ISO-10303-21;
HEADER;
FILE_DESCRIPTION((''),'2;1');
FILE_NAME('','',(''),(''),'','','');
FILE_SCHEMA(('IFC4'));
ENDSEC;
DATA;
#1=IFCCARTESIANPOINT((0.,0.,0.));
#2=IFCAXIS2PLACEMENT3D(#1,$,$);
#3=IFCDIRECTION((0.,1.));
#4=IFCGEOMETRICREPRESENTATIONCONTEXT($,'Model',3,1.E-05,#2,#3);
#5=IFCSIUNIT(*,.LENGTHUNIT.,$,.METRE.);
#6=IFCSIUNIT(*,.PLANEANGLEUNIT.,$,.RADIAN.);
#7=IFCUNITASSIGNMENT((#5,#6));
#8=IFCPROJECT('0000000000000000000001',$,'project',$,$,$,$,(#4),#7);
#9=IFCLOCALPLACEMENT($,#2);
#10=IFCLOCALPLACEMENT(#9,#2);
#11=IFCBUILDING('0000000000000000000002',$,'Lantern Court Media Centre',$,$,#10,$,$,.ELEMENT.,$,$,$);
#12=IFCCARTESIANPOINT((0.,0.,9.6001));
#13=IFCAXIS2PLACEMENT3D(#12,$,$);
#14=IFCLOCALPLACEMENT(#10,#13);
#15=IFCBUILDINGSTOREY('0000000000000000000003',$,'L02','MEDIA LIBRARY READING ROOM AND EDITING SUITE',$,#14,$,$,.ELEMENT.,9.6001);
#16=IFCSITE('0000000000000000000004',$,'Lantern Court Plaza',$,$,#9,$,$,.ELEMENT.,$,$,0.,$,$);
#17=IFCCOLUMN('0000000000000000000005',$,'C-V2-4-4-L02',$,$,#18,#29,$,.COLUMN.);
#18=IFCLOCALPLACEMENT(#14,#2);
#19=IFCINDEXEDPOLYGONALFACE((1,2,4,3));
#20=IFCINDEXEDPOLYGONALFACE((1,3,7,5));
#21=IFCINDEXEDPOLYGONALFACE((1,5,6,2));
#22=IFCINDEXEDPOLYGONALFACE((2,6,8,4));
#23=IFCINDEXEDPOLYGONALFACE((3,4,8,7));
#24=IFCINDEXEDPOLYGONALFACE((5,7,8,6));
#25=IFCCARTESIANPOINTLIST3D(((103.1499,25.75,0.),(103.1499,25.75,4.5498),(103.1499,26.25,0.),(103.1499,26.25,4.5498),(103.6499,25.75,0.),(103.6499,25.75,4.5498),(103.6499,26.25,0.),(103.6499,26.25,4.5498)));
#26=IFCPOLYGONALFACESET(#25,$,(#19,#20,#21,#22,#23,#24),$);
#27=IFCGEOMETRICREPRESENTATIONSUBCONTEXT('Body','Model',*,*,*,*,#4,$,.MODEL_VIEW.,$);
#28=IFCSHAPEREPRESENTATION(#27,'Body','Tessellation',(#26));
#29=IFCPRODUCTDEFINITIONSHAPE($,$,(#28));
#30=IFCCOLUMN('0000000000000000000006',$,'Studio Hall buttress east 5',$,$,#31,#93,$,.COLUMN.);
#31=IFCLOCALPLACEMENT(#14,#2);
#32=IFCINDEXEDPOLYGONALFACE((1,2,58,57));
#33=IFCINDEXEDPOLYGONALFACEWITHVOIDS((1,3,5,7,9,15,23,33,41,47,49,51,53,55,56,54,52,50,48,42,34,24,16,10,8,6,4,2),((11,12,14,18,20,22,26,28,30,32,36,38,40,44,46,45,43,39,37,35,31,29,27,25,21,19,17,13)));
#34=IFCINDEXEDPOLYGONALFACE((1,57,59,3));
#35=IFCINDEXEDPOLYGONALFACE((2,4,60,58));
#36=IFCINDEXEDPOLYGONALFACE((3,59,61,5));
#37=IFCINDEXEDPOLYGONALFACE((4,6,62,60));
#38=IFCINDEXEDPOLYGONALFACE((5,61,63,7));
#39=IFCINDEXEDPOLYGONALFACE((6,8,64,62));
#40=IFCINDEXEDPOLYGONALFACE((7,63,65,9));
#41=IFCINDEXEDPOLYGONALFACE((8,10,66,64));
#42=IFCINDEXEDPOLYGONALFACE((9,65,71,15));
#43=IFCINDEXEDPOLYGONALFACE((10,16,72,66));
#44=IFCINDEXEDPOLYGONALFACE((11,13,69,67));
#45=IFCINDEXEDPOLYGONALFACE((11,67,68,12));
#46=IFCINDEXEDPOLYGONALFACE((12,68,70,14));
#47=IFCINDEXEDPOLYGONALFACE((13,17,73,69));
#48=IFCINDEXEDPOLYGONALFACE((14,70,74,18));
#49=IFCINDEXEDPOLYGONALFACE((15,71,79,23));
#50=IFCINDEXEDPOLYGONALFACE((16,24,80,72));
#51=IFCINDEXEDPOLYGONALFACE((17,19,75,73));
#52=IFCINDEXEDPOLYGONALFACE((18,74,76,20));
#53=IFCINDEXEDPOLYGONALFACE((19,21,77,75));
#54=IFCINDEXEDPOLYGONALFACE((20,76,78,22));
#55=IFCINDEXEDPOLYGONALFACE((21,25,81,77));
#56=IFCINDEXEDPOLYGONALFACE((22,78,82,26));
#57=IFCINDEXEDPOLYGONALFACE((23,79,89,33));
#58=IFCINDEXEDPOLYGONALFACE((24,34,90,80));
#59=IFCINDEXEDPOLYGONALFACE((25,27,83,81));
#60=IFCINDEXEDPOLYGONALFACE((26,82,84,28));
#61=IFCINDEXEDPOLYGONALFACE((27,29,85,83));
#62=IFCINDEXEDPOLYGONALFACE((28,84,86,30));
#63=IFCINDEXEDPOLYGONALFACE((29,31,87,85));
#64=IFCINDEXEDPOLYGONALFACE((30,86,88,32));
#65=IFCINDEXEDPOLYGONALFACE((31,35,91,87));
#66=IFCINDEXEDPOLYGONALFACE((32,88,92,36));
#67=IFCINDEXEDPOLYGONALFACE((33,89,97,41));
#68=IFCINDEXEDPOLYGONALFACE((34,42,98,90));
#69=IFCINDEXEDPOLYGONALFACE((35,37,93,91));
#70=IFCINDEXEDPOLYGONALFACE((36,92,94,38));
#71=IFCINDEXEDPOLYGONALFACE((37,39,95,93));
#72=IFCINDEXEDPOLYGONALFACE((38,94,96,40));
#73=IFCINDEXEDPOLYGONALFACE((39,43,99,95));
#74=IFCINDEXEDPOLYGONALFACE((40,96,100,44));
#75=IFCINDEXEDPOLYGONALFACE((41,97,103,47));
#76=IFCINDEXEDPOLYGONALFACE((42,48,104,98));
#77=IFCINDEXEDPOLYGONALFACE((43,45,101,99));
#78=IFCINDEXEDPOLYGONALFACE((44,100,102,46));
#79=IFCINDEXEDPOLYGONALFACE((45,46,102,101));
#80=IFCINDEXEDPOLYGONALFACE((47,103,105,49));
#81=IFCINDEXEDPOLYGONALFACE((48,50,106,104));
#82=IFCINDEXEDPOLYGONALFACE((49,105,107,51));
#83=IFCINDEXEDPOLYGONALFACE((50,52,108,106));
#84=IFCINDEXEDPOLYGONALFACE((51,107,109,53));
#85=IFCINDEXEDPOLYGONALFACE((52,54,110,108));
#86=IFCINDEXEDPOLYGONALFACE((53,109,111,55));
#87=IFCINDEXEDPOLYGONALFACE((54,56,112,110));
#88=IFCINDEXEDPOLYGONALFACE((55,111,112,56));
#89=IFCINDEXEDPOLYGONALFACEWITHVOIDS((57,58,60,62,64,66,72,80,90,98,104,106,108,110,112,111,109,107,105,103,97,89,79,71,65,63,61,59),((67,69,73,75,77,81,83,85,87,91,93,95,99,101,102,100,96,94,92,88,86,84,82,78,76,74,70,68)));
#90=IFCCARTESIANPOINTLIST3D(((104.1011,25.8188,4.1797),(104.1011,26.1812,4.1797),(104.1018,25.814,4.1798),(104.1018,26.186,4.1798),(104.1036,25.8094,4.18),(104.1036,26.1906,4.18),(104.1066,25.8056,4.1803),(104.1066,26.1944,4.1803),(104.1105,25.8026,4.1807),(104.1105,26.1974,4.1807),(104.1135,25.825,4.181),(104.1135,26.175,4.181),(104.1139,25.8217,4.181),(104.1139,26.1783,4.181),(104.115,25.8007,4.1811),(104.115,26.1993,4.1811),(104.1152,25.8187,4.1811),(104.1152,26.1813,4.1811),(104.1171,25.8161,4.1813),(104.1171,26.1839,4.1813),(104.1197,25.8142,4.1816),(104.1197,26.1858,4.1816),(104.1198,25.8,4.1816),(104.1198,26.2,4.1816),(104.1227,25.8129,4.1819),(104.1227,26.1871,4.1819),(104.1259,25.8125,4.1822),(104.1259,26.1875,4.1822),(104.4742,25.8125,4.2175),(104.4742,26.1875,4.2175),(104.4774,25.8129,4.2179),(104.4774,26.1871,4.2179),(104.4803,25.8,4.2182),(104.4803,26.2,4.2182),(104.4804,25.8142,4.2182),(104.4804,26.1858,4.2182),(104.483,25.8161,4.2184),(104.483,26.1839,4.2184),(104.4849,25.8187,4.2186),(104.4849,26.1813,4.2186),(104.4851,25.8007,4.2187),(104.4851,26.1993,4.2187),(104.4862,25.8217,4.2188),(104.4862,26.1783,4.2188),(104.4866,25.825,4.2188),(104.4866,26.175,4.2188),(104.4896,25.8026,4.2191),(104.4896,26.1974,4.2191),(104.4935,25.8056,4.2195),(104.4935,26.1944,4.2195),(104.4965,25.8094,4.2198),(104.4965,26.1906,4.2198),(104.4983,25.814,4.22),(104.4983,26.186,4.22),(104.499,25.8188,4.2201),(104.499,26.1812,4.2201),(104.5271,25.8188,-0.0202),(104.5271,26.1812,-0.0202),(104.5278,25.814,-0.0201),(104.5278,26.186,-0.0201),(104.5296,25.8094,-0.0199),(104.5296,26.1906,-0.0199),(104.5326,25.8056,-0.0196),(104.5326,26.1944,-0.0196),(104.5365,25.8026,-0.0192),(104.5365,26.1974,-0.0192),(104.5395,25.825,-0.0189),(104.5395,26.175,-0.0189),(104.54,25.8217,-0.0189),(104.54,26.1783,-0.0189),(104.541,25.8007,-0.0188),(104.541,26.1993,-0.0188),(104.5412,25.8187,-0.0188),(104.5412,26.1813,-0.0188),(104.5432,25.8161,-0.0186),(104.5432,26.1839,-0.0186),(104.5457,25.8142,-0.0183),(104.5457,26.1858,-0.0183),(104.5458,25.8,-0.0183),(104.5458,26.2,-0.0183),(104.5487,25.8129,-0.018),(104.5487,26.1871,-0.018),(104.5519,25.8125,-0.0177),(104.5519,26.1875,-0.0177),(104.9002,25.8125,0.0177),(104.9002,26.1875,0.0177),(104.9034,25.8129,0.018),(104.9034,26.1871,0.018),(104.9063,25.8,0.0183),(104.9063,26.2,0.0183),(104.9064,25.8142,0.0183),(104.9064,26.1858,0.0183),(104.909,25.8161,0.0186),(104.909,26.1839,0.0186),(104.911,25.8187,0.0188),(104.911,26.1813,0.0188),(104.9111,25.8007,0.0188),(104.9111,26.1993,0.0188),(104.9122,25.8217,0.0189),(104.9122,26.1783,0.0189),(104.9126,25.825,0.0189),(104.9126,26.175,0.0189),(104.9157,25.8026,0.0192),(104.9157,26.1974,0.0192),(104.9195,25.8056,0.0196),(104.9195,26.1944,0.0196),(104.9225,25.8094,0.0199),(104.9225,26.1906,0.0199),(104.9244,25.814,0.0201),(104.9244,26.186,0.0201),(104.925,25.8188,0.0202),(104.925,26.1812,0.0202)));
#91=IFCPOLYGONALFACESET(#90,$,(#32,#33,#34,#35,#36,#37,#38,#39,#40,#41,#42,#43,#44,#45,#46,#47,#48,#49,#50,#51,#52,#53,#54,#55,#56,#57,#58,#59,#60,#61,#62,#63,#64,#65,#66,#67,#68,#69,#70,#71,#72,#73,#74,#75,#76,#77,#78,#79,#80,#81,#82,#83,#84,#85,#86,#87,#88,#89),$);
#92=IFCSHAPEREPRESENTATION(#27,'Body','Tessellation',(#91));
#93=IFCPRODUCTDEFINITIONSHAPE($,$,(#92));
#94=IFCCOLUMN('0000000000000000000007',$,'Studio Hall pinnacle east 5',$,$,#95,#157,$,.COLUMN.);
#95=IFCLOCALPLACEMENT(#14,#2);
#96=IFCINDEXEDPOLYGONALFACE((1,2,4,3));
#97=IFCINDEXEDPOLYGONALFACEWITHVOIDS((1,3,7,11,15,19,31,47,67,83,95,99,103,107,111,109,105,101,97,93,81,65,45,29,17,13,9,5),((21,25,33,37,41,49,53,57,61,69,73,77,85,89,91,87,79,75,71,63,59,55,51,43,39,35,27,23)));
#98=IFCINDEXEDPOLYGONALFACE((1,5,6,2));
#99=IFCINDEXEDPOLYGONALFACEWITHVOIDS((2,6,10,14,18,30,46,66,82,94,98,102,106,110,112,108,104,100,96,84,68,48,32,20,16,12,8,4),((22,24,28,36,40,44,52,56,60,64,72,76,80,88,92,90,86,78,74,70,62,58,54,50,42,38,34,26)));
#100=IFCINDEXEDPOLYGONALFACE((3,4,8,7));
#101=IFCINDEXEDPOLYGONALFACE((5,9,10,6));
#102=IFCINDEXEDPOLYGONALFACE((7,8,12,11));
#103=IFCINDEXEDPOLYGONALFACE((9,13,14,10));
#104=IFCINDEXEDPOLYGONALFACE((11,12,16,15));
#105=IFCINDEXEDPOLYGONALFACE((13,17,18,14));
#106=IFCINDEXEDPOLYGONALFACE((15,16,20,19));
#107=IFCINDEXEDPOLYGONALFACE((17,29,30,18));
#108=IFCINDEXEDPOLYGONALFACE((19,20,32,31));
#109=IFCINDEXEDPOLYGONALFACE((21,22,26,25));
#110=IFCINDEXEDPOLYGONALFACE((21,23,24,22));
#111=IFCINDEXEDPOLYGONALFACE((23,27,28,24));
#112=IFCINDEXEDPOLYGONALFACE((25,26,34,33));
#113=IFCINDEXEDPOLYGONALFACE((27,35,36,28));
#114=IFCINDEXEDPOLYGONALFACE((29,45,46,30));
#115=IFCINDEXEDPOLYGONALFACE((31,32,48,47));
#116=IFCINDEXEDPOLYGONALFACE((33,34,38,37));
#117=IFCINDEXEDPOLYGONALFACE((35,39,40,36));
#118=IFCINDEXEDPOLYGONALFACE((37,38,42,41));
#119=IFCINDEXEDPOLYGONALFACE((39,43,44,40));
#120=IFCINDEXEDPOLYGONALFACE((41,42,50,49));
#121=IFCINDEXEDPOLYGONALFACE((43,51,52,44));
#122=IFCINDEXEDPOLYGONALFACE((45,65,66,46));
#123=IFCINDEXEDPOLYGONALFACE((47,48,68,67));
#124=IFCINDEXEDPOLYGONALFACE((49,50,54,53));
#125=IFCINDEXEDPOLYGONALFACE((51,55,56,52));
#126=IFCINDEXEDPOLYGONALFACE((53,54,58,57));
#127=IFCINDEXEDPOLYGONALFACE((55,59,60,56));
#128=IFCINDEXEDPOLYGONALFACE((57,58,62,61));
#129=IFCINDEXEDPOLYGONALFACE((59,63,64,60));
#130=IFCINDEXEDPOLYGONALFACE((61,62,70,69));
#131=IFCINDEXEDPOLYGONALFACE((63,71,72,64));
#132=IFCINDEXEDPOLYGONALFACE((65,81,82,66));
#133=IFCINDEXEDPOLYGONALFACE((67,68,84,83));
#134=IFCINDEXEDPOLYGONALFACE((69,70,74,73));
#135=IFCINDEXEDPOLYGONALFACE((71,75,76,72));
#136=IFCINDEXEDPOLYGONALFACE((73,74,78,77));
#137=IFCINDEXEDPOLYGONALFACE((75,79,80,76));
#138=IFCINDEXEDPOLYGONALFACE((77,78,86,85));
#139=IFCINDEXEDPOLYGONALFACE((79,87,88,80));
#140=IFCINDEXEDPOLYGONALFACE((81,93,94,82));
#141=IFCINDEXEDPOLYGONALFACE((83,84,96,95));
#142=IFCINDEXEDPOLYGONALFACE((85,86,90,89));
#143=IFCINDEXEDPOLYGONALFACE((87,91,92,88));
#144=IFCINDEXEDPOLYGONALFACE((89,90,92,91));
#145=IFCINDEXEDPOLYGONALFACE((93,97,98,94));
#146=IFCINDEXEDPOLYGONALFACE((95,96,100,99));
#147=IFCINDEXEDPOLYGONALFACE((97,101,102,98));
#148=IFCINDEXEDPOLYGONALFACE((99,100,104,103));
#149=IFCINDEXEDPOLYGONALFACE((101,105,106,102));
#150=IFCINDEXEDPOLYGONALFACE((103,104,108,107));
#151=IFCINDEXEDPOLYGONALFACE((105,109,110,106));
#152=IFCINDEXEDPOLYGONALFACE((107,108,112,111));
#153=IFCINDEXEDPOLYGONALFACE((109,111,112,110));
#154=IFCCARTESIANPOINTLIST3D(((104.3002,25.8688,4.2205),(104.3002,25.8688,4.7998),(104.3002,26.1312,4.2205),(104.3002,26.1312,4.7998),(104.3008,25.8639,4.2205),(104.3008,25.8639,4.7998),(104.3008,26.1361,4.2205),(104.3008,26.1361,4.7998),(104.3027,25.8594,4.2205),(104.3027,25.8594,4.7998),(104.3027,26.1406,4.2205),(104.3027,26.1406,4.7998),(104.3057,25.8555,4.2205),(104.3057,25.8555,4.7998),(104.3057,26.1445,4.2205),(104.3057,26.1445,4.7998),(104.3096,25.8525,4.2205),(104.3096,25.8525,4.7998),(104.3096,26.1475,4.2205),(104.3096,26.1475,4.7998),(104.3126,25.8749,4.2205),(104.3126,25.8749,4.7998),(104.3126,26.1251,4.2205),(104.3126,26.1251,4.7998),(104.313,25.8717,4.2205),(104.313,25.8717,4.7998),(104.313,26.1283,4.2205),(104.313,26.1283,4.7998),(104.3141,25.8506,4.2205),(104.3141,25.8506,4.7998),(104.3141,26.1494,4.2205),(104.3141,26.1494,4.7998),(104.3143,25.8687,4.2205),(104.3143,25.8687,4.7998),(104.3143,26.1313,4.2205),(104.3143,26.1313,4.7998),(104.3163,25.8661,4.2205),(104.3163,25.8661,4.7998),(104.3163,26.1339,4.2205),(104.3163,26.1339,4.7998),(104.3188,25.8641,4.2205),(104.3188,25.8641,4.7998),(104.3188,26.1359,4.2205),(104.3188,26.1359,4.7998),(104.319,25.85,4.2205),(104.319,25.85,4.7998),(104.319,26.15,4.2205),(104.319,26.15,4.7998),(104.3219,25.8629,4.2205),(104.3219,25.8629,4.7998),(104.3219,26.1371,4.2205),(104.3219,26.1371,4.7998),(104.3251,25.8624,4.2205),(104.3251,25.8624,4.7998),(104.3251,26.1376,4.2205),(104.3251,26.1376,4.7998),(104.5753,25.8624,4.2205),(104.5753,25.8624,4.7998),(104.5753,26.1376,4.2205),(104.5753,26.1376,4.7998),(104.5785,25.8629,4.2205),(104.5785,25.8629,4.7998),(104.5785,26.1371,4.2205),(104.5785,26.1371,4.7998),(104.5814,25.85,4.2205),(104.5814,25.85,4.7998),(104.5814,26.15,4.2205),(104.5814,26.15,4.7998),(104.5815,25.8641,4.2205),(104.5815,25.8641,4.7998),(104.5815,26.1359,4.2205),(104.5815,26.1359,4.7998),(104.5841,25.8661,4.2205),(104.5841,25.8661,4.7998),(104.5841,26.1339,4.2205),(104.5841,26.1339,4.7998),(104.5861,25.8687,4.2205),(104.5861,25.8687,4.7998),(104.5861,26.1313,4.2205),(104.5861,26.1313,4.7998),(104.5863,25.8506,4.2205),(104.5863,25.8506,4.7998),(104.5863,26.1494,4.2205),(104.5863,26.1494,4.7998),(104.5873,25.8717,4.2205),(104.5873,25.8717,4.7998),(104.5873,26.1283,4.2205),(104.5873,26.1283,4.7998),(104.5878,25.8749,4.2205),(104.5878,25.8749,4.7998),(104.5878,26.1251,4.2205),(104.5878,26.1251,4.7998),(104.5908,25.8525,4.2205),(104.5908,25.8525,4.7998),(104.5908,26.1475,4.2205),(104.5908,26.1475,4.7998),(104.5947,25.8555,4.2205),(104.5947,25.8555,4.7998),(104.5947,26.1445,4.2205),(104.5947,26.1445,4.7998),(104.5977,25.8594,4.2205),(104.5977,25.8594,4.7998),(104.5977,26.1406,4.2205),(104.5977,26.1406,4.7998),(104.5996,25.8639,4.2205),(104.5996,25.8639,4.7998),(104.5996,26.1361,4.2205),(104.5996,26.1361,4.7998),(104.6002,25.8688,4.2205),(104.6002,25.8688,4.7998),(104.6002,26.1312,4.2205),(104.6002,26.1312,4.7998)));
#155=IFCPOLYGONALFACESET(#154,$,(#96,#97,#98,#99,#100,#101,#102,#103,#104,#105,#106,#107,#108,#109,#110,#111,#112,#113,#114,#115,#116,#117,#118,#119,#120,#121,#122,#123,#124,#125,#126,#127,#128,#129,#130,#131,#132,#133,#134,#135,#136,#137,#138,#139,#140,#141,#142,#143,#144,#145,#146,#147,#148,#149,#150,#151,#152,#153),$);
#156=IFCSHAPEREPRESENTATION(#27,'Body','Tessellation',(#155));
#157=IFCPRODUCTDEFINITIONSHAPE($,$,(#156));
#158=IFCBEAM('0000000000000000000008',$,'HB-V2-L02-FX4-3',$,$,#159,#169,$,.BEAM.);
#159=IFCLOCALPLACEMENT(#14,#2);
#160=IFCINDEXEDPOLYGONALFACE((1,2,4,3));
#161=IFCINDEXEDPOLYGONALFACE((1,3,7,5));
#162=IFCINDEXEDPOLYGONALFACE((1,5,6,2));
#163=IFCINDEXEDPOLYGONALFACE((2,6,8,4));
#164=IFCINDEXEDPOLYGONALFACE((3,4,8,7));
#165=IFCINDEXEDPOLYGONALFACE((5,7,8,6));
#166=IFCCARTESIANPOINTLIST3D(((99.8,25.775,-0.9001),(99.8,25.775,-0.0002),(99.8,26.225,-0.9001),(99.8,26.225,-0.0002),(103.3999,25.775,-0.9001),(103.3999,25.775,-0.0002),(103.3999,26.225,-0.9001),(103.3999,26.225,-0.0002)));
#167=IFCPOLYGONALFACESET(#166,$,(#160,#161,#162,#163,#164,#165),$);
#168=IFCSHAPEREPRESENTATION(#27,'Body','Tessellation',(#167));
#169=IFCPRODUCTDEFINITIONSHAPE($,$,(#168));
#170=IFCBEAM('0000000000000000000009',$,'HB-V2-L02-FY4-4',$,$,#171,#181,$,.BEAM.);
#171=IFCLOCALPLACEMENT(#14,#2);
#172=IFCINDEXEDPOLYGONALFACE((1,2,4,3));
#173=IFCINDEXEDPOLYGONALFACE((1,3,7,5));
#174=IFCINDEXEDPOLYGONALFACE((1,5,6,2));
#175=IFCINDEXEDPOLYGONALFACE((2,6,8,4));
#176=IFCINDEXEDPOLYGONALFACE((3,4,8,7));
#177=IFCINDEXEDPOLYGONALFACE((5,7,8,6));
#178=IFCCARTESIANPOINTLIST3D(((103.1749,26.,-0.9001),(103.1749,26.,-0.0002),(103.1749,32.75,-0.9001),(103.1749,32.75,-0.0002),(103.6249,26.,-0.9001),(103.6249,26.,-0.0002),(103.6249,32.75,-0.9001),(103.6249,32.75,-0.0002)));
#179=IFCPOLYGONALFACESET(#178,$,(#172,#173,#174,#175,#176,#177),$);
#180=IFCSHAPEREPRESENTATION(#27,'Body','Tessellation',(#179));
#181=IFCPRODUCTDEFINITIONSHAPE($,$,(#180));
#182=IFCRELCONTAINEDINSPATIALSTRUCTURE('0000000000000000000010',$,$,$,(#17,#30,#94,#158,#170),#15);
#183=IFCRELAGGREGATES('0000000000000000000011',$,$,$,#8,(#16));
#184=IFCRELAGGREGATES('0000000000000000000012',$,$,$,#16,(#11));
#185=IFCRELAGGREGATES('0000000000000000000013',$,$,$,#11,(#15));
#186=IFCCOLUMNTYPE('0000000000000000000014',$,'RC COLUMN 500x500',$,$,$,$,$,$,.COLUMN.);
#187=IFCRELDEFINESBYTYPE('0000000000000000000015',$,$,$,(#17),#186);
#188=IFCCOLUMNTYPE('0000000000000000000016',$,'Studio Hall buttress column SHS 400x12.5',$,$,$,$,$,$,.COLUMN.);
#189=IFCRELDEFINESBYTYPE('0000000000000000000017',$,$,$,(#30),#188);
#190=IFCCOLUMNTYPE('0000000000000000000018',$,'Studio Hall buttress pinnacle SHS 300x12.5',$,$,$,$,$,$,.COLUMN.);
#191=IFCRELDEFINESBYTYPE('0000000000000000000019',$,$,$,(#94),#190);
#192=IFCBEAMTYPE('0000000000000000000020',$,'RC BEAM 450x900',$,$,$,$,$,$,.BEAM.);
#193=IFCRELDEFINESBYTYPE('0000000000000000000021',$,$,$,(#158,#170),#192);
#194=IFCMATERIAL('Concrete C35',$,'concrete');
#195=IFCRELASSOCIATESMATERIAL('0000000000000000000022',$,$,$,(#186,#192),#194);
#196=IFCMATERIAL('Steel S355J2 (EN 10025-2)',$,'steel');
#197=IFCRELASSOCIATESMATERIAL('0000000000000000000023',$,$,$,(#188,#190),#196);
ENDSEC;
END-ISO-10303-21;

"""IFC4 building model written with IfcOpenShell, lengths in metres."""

from ifc_helpers import new_model, si_unit, direction, frame, origin, origin_2d, place, context, subcontext, project, spatial, rectangle, hollow_rectangle, extrude, material, material_profile, profile_set, type_object, element, save


model = new_model("IFC4")

# Units and contexts
model_context = context("Model", 3, precision=1e-05, world=origin(), true_north=direction((0.0, 1.0)))
body_context = subcontext(model_context, "Body", "Model", "MODEL_VIEW")
ifc_project = project(units=[si_unit("LENGTHUNIT", "METRE"), si_unit("PLANEANGLEUNIT", "RADIAN")], contexts=[model_context])

# Site, building, storey
site_placement = place(None, origin())
site = spatial("IfcSite", under=ifc_project, at=site_placement, Name="Lantern Court Plaza", CompositionType="ELEMENT", RefElevation=0.0)
building_placement = place(site_placement, origin())
building = spatial("IfcBuilding", under=site, at=building_placement, Name="Lantern Court Media Centre", CompositionType="ELEMENT")
storey_placement = place(building_placement, frame((0.0, 0.0, 9.6001)))
storey = spatial("IfcBuildingStorey", under=building, at=storey_placement, Name="L02", Description="MEDIA LIBRARY READING ROOM AND EDITING SUITE", CompositionType="ELEMENT", Elevation=9.6001)

# Columns
ifc_material_1 = material(Name="Concrete C35", Category="concrete")
ifc_material_profile_1 = material_profile(ifc_material_1, rectangle(XDim=0.5, YDim=0.5, at=origin_2d()), Name="RC 500x500")
ifc_profile_set_1 = profile_set([ifc_material_profile_1], Name="Concrete C35")
column_type_1 = type_object("IfcColumnType", Name="RC COLUMN 500x500", PredefinedType="COLUMN", material=ifc_profile_set_1)
column_1_placement = place(storey_placement, frame((103.3999, 26.0, 0.0), z_axis=(0.0, 0.0, 1.0), x_axis=(1.0, 0.0, 0.0)))
element("IfcColumn", 1, at=column_1_placement, inside=storey, type_object=column_type_1, Name="C-V2-4-4-L02", PredefinedType="COLUMN", context=body_context, shape_type="SweptSolid", body=[
    extrude(rectangle(XDim=0.5, YDim=0.5, at=origin_2d()), origin(), (0.0, 0.0, 1.0), 4.5498),
])
ifc_material_2 = material(Name="Steel S355J2 (EN 10025-2)", Category="steel")
ifc_material_profile_2 = material_profile(ifc_material_2, hollow_rectangle(XDim=0.3999, YDim=0.3999, WallThickness=0.0125, InnerFilletRadius=0.0125, OuterFilletRadius=0.0188, at=origin_2d()), Name="Studio Hall buttress column SHS 400x12.5")
ifc_profile_set_2 = profile_set([ifc_material_profile_2], Name="Steel S355J2 (EN 10025-2)")
column_type_2 = type_object("IfcColumnType", Name="Studio Hall buttress column SHS 400x12.5", PredefinedType="COLUMN", material=ifc_profile_set_2)
column_2_placement = place(storey_placement, frame((104.7261, 26.0, 0.0), z_axis=(-0.100918, 0.0, 0.994895), x_axis=(0.0, -1.0, 0.0)))
element("IfcColumn", 2, at=column_2_placement, inside=storey, type_object=column_type_2, Name="Studio Hall buttress east 5", PredefinedType="COLUMN", context=body_context, shape_type="SweptSolid", body=[
    extrude(hollow_rectangle(XDim=0.3999, YDim=0.3999, WallThickness=0.0125, InnerFilletRadius=0.0125, OuterFilletRadius=0.0188, at=origin_2d()), origin(), (0.0, 0.0, 1.0), 4.2214),
])
ifc_material_profile_3 = material_profile(ifc_material_2, hollow_rectangle(XDim=0.3, YDim=0.3, WallThickness=0.0125, InnerFilletRadius=0.0125, OuterFilletRadius=0.0188, at=origin_2d()), Name="Studio Hall buttress pinnacle SHS 300x12.5")
ifc_profile_set_3 = profile_set([ifc_material_profile_3], Name="Steel S355J2 (EN 10025-2)")
column_type_3 = type_object("IfcColumnType", Name="Studio Hall buttress pinnacle SHS 300x12.5", PredefinedType="COLUMN", material=ifc_profile_set_3)
column_3_placement = place(storey_placement, frame((104.4502, 26.0, 4.2205), z_axis=(0.0, 0.0, 1.0), x_axis=(1.0, 0.0, 0.0)))
element("IfcColumn", 3, at=column_3_placement, inside=storey, type_object=column_type_3, Name="Studio Hall pinnacle east 5", PredefinedType="COLUMN", context=body_context, shape_type="SweptSolid", body=[
    extrude(hollow_rectangle(XDim=0.3, YDim=0.3, WallThickness=0.0125, InnerFilletRadius=0.0125, OuterFilletRadius=0.0188, at=origin_2d()), origin(), (0.0, 0.0, 1.0), 0.5793),
])

# Beams
ifc_material_profile_4 = material_profile(ifc_material_1, rectangle(XDim=0.45, YDim=0.8999, at=origin_2d()), Name="RC 450x900")
ifc_profile_set_4 = profile_set([ifc_material_profile_4], Name="Concrete C35")
beam_type_1 = type_object("IfcBeamType", Name="RC BEAM 450x900", PredefinedType="BEAM", material=ifc_profile_set_4)
beam_1_placement = place(storey_placement, frame((99.8, 26.0, -0.4502), z_axis=(1.0, 0.0, 0.0), x_axis=(0.0, 1.0, 0.0)))
element("IfcBeam", 4, at=beam_1_placement, inside=storey, type_object=beam_type_1, Name="HB-V2-L02-FX4-3", PredefinedType="BEAM", context=body_context, shape_type="SweptSolid", body=[
    extrude(rectangle(XDim=0.45, YDim=0.8999, at=origin_2d()), origin(), (0.0, 0.0, 1.0), 3.5999),
])
beam_2_placement = place(storey_placement, frame((103.3999, 26.0, -0.4502), z_axis=(0.0, 1.0, 0.0), x_axis=(-1.0, 0.0, 0.0)))
element("IfcBeam", 5, at=beam_2_placement, inside=storey, type_object=beam_type_1, Name="HB-V2-L02-FY4-4", PredefinedType="BEAM", context=body_context, shape_type="SweptSolid", body=[
    extrude(rectangle(XDim=0.45, YDim=0.8999, at=origin_2d()), origin(), (0.0, 0.0, 1.0), 6.75),
])

save(model, "model.ifc")
